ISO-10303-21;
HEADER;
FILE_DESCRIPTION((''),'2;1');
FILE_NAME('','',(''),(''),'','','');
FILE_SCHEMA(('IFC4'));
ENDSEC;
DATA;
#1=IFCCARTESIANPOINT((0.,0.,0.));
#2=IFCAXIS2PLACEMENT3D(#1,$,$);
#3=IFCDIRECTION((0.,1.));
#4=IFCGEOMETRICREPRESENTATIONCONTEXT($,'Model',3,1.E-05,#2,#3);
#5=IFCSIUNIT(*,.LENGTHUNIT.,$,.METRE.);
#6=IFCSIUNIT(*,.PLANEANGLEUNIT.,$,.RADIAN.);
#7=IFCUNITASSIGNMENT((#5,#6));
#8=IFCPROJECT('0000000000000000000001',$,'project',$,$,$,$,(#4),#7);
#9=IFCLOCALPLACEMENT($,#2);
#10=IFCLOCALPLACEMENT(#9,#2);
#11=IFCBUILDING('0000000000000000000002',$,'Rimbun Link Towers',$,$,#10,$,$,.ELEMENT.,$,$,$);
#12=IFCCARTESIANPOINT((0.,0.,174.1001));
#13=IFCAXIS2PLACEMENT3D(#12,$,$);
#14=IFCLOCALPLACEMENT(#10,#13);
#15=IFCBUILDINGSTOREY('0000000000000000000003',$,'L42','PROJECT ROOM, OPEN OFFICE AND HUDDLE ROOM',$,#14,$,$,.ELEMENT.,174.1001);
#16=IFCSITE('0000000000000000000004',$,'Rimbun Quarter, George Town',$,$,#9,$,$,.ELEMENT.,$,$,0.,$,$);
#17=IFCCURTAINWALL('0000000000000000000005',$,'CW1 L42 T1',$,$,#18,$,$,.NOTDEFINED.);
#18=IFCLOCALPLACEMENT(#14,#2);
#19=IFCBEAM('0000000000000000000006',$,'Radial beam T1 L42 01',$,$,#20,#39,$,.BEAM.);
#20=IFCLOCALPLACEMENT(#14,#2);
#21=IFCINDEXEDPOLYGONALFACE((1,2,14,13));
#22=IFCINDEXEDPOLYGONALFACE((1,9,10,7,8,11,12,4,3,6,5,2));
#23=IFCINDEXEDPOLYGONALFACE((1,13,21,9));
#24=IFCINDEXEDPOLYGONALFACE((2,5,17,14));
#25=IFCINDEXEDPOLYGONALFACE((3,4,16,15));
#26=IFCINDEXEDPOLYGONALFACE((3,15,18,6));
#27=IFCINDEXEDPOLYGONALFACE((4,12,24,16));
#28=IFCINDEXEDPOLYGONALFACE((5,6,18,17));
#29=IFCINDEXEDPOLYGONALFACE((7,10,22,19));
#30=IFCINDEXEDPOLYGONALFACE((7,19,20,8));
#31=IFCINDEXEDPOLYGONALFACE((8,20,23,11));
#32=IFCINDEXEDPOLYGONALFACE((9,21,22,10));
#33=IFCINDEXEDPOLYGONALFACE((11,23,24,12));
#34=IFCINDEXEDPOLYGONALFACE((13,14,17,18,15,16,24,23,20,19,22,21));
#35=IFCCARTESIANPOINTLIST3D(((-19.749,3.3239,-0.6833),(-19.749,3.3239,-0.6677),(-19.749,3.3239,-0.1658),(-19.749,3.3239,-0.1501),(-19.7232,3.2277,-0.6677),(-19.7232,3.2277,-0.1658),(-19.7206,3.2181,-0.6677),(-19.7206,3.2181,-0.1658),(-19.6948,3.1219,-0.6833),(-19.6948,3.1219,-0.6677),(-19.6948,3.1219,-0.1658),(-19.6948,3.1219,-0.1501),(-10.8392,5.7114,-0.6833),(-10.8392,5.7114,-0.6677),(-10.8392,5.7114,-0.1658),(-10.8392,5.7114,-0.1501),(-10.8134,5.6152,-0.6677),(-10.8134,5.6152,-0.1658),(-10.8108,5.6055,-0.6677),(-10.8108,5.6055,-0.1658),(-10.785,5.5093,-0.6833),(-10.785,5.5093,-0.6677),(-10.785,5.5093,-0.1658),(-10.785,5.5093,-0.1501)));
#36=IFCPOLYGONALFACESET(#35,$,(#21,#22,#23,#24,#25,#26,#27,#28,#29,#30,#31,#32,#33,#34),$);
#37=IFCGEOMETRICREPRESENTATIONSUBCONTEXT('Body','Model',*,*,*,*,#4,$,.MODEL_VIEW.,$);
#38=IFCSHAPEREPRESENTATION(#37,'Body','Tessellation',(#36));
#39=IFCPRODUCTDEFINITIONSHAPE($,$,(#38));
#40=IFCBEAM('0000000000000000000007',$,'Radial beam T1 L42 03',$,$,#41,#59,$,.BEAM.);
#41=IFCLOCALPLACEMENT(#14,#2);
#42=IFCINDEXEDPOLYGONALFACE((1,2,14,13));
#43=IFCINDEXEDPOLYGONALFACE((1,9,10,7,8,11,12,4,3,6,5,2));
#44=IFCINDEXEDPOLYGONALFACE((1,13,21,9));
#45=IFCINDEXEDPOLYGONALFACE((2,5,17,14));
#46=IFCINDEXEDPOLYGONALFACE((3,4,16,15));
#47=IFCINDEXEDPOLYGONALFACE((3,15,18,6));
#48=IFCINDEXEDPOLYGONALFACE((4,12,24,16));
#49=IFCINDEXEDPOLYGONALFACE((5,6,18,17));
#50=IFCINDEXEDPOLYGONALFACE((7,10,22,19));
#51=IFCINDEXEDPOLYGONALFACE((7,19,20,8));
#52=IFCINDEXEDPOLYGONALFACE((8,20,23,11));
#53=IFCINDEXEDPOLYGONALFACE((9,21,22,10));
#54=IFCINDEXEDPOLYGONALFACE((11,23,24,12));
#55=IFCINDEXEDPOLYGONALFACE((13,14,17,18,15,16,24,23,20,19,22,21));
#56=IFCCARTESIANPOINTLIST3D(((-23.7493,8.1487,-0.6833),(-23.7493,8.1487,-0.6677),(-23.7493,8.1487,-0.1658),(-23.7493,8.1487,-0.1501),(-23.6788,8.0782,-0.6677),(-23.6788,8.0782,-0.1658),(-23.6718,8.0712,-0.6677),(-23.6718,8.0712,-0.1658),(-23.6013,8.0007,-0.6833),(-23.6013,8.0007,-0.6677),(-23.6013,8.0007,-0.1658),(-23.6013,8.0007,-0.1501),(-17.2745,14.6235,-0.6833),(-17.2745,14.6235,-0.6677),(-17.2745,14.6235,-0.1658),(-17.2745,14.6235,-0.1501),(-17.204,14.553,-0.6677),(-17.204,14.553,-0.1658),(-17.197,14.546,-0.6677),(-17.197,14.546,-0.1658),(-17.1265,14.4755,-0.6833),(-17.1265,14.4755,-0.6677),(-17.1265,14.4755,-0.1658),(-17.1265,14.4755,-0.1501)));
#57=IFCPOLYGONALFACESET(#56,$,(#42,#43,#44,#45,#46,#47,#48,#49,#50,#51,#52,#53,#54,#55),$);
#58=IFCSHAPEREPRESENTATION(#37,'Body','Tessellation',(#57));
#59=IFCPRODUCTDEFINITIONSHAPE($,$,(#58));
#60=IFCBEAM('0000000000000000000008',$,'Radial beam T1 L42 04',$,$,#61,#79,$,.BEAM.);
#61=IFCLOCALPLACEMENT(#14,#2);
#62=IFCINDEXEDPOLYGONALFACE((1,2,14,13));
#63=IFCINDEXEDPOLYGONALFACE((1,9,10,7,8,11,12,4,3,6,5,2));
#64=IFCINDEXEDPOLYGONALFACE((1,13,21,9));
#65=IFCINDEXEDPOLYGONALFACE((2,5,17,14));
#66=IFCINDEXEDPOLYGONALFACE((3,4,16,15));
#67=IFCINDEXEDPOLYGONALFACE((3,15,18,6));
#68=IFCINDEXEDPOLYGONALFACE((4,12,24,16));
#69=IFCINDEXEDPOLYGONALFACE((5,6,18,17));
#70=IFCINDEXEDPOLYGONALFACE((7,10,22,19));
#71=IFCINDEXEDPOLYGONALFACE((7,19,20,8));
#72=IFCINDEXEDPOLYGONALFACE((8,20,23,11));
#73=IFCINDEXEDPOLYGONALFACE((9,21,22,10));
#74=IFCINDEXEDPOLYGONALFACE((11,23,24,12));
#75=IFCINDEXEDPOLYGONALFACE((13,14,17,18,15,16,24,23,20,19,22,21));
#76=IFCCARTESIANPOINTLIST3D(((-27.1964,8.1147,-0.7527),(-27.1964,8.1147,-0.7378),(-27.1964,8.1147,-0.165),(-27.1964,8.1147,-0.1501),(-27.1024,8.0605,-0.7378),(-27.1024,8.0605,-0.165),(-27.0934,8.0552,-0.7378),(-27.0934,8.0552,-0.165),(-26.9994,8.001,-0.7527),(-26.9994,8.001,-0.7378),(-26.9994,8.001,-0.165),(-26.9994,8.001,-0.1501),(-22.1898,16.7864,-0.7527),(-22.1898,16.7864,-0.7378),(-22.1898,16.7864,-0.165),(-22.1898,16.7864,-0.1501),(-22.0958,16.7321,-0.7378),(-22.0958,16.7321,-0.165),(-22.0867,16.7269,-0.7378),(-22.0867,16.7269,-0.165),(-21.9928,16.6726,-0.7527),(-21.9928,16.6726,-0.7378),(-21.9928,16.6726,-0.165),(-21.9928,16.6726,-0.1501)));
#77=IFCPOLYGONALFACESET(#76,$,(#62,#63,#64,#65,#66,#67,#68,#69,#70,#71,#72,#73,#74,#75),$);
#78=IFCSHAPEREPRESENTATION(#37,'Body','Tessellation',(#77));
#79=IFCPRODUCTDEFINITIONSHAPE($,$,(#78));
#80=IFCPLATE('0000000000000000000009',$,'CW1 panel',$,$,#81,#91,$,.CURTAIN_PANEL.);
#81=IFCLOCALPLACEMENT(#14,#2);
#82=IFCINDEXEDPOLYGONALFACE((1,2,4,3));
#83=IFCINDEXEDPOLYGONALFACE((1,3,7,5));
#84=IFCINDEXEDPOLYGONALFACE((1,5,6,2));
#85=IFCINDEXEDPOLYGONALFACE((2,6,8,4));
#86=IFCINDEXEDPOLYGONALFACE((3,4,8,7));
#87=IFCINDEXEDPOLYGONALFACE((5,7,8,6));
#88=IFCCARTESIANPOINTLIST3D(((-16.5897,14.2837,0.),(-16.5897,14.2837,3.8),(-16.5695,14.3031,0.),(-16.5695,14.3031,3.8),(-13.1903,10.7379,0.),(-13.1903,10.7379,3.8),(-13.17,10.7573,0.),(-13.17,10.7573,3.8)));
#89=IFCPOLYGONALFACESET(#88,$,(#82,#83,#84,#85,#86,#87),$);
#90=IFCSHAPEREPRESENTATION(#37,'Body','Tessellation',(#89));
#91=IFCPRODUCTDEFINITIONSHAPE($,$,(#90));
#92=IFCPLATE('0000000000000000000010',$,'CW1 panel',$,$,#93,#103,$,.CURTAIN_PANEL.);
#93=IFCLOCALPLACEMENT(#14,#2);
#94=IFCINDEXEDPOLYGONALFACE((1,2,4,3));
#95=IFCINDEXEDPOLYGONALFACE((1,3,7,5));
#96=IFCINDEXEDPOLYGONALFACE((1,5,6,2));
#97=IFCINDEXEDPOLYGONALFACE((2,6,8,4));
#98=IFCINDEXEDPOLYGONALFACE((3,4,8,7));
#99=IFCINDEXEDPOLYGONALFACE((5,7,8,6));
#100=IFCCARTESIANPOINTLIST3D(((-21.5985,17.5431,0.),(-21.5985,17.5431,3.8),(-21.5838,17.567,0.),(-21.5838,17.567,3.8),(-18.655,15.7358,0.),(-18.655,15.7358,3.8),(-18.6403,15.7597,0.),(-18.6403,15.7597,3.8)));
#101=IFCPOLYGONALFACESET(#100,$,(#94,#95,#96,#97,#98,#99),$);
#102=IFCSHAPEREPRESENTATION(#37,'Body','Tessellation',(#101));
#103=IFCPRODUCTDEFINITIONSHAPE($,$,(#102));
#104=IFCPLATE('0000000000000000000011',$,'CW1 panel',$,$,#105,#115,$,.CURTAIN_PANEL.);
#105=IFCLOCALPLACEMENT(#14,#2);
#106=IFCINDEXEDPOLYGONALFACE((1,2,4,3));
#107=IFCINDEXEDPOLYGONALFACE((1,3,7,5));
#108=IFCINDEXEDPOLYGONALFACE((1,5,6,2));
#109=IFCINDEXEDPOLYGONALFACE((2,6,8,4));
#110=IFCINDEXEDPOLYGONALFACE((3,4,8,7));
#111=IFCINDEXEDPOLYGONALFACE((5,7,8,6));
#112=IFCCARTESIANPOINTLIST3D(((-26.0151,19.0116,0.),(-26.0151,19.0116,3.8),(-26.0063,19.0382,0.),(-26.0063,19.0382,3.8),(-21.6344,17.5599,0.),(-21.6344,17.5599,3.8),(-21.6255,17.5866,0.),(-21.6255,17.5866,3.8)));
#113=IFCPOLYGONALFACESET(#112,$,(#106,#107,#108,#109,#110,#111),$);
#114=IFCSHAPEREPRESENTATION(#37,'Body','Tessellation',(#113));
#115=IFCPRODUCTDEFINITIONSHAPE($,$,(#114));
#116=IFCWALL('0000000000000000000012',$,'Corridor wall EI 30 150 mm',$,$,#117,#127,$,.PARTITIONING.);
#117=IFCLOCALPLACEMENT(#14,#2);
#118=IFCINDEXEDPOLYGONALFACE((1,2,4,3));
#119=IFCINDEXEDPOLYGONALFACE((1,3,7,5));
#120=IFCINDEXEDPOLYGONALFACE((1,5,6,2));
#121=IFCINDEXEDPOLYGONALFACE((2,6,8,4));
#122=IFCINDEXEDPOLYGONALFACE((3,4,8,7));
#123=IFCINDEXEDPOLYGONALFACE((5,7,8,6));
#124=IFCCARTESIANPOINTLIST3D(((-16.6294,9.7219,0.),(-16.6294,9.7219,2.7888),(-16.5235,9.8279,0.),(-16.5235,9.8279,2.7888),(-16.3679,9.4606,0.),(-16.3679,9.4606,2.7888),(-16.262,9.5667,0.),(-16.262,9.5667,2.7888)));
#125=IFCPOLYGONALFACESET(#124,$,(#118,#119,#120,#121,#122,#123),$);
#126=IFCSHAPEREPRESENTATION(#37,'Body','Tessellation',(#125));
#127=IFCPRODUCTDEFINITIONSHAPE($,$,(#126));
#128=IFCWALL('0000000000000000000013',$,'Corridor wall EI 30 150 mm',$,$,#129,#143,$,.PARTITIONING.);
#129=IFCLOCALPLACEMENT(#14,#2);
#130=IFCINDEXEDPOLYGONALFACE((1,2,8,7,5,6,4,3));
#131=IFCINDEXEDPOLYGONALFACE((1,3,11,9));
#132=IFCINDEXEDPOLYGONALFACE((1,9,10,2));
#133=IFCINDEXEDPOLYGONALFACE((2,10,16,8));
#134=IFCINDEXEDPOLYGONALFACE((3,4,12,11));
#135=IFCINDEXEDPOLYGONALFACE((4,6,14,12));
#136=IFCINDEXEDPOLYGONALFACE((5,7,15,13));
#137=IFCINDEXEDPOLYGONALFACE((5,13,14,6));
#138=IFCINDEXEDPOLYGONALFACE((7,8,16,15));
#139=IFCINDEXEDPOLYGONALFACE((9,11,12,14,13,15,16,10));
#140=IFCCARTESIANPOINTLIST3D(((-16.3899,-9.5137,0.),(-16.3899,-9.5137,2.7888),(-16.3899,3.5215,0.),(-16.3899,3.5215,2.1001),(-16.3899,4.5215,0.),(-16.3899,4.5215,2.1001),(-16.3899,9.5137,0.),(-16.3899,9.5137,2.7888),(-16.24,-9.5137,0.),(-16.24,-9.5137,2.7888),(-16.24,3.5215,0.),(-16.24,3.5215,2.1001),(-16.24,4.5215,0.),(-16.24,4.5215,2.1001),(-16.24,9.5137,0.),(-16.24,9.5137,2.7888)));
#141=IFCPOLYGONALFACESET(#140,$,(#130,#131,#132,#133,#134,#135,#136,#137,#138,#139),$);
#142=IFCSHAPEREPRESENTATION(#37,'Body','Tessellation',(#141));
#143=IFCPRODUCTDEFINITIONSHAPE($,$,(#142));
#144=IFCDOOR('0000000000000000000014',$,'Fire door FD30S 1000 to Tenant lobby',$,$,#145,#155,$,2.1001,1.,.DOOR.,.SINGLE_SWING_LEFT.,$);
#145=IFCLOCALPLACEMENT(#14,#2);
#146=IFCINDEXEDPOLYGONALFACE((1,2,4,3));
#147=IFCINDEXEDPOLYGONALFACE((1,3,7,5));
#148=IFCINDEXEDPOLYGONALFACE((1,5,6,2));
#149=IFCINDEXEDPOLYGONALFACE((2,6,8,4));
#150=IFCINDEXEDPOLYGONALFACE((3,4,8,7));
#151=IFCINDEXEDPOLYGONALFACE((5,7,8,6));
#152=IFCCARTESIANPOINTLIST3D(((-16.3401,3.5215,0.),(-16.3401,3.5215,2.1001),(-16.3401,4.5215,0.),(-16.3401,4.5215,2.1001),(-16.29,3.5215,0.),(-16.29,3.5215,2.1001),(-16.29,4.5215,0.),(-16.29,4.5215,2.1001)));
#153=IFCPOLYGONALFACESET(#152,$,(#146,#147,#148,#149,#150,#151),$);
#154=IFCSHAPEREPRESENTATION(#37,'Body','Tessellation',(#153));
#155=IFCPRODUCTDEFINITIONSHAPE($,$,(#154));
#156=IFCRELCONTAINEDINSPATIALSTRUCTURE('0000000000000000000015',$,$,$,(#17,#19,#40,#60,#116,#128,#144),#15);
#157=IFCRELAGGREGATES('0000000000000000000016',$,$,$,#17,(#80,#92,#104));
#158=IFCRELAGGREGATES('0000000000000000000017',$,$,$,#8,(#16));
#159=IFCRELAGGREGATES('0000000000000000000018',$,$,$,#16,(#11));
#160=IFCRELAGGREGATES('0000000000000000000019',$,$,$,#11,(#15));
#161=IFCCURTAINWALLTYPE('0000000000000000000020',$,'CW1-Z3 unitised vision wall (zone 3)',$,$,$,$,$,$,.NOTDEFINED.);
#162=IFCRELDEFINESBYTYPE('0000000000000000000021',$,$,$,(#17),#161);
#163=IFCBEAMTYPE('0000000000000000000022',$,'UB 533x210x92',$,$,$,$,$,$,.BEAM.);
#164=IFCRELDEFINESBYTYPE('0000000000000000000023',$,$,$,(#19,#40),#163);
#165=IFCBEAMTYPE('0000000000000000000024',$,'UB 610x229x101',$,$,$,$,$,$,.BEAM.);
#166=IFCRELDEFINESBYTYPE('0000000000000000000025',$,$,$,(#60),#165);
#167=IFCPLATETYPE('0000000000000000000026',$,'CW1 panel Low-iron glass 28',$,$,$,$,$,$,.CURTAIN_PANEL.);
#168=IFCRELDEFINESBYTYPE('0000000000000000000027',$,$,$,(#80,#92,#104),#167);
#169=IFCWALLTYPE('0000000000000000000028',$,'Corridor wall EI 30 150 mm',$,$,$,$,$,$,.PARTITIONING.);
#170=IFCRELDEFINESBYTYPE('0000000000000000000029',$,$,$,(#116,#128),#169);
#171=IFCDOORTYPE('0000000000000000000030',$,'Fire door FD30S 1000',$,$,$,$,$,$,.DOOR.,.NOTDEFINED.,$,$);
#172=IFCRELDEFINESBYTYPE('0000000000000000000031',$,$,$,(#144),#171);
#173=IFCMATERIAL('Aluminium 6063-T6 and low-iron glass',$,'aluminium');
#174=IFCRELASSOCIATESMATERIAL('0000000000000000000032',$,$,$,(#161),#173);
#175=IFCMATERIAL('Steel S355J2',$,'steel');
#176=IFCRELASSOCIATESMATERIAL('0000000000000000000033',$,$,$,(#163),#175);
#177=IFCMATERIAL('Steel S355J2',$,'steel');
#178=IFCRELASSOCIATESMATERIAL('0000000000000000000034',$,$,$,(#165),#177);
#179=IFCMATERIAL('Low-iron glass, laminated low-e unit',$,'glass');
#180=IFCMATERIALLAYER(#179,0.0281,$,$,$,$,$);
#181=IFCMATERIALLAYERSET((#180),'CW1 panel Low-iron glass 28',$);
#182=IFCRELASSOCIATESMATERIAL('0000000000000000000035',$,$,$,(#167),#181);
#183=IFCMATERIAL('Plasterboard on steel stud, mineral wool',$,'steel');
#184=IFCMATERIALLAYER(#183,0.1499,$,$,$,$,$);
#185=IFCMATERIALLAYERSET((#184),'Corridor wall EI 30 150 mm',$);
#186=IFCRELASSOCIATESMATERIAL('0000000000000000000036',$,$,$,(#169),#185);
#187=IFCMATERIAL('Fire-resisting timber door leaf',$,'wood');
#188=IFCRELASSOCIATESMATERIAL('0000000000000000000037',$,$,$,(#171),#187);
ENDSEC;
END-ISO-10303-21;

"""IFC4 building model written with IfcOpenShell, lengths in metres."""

from ifc_helpers import new_model, si_unit, direction, frame, frame_2d, origin, origin_2d, place, context, subcontext, project, spatial, rectangle, i_section, extrude, material, layer, layer_set, material_profile, profile_set, type_object, element, fill, aggregate, save


model = new_model("IFC4")

# Units and contexts
model_context = context("Model", 3, precision=1e-05, world=origin(), true_north=direction((0.0, 1.0)))
body_context = subcontext(model_context, "Body", "Model", "MODEL_VIEW")
ifc_project = project(units=[si_unit("LENGTHUNIT", "METRE"), si_unit("PLANEANGLEUNIT", "RADIAN")], contexts=[model_context])

# Site, building, storey
site_placement = place(None, origin())
site = spatial("IfcSite", under=ifc_project, at=site_placement, Name="Rimbun Quarter, George Town", CompositionType="ELEMENT", RefElevation=0.0)
building_placement = place(site_placement, origin())
building = spatial("IfcBuilding", under=site, at=building_placement, Name="Rimbun Link Towers", CompositionType="ELEMENT")
storey_placement = place(building_placement, frame((0.0, 0.0, 174.1001)))
storey = spatial("IfcBuildingStorey", under=building, at=storey_placement, Name="L42", Description="PROJECT ROOM, OPEN OFFICE AND HUDDLE ROOM", CompositionType="ELEMENT", Elevation=174.1001)

# Curtain wall
ifc_material_1 = material(Name="Aluminium 6063-T6 and low-iron glass", Category="aluminium")
curtain_wall_type = type_object("IfcCurtainWallType", Name="CW1-Z3 unitised vision wall (zone 3)", PredefinedType="NOTDEFINED", material=ifc_material_1)
curtain_wall_placement = place(storey_placement, origin())
curtain_wall = element("IfcCurtainWall", 1, at=curtain_wall_placement, inside=storey, type_object=curtain_wall_type, Name="CW1 L42 T1", PredefinedType="NOTDEFINED")

# Beams
ifc_material_2 = material(Name="Steel S355J2", Category="steel")
ifc_material_profile_1 = material_profile(ifc_material_2, i_section(OverallWidth=0.2092, OverallDepth=0.5332, WebThickness=0.01, FlangeThickness=0.0156, at=origin_2d()), Name="UB 533x210x92")
ifc_profile_set_1 = profile_set([ifc_material_profile_1], Name="Steel S355J2")
beam_type_1 = type_object("IfcBeamType", Name="UB 533x210x92", PredefinedType="BEAM", material=ifc_profile_set_1)
beam_1_placement = place(storey_placement, frame((-19.7219, 3.2229, -0.4167), z_axis=(0.965925, 0.258824, 0.0), x_axis=(-0.258824, 0.965925, 0.0)))
element("IfcBeam", 2, at=beam_1_placement, inside=storey, type_object=beam_type_1, Name="Radial beam T1 L42 01", PredefinedType="BEAM", context=body_context, shape_type="SweptSolid", body=[
    extrude(i_section(OverallWidth=0.2092, OverallDepth=0.5332, WebThickness=0.01, FlangeThickness=0.0156, at=origin_2d()), origin(), (0.0, 0.0, 1.0), 9.2241),
])
beam_2_placement = place(storey_placement, frame((-23.6753, 8.0747, -0.4167), z_axis=(0.707107, 0.707107, 0.0), x_axis=(-0.707107, 0.707107, 0.0)))
element("IfcBeam", 3, at=beam_2_placement, inside=storey, type_object=beam_type_1, Name="Radial beam T1 L42 03", PredefinedType="BEAM", context=body_context, shape_type="SweptSolid", body=[
    extrude(i_section(OverallWidth=0.2092, OverallDepth=0.5332, WebThickness=0.01, FlangeThickness=0.0156, at=origin_2d()), origin(), (0.0, 0.0, 1.0), 9.1567),
])
ifc_material_3 = material(Name="Steel S355J2", Category="steel")
ifc_material_profile_2 = material_profile(ifc_material_3, i_section(OverallWidth=0.2275, OverallDepth=0.6025, WebThickness=0.0105, FlangeThickness=0.0149, at=origin_2d()), Name="UB 610x229x101")
ifc_profile_set_2 = profile_set([ifc_material_profile_2], Name="Steel S355J2")
beam_type_2 = type_object("IfcBeamType", Name="UB 610x229x101", PredefinedType="BEAM", material=ifc_profile_set_2)
beam_3_placement = place(storey_placement, frame((-27.0979, 8.0579, -0.4514), z_axis=(0.500002, 0.866024, 0.0), x_axis=(-0.866024, 0.500002, 0.0)))
element("IfcBeam", 4, at=beam_3_placement, inside=storey, type_object=beam_type_2, Name="Radial beam T1 L42 04", PredefinedType="BEAM", context=body_context, shape_type="SweptSolid", body=[
    extrude(i_section(OverallWidth=0.2275, OverallDepth=0.6025, WebThickness=0.0105, FlangeThickness=0.0149, at=origin_2d()), origin(), (0.0, 0.0, 1.0), 10.0132),
])

# Plates
ifc_material_4 = material(Name="Low-iron glass, laminated low-e unit", Category="glass")
ifc_layer_1 = layer(ifc_material_4, 0.0281)
ifc_layer_set_1 = layer_set([ifc_layer_1], Name="CW1 panel Low-iron glass 28")
plate_type = type_object("IfcPlateType", Name="CW1 panel Low-iron glass 28", PredefinedType="CURTAIN_PANEL", material=ifc_layer_set_1)
plate_1_placement = place(storey_placement, frame((-14.8799, 12.5205, 0.0), z_axis=(0.0, 0.0, 1.0), x_axis=(0.692045, -0.721854, 0.0)))
plate_1 = element("IfcPlate", 5, at=plate_1_placement, type_object=plate_type, Name="CW1 panel", PredefinedType="CURTAIN_PANEL", context=body_context, shape_type="SweptSolid", body=[
    extrude(rectangle(XDim=4.9121, YDim=0.0281, at=origin_2d()), origin(), (0.0, 0.0, 1.0), 3.8),
])
plate_2_placement = place(storey_placement, frame((-20.1194, 16.6514, 0.0), z_axis=(0.0, 0.0, 1.0), x_axis=(0.852191, -0.523231, 0.0)))
plate_2 = element("IfcPlate", 6, at=plate_2_placement, type_object=plate_type, Name="CW1 panel", PredefinedType="CURTAIN_PANEL", context=body_context, shape_type="SweptSolid", body=[
    extrude(rectangle(XDim=3.4541, YDim=0.0281, at=origin_2d()), origin(), (0.0, 0.0, 1.0), 3.8),
])
plate_3_placement = place(storey_placement, frame((-23.8203, 18.2991, 0.0), z_axis=(0.0, 0.0, 1.0), x_axis=(0.949237, -0.31456, 0.0)))
plate_3 = element("IfcPlate", 7, at=plate_3_placement, type_object=plate_type, Name="CW1 panel", PredefinedType="CURTAIN_PANEL", context=body_context, shape_type="SweptSolid", body=[
    extrude(rectangle(XDim=4.615, YDim=0.0281, at=origin_2d()), origin(), (0.0, 0.0, 1.0), 3.8),
])
aggregate(curtain_wall, [plate_1, plate_2, plate_3])

# Wall
ifc_material_5 = material(Name="Plasterboard on steel stud, mineral wool", Category="steel")
ifc_layer_2 = layer(ifc_material_5, 0.1499)
ifc_layer_set_2 = layer_set([ifc_layer_2], Name="Corridor wall EI 30 150 mm")
wall_type_1 = type_object("IfcWallType", Name="Corridor wall EI 30 150 mm", PredefinedType="PARTITIONING", material=ifc_layer_set_2)
wall_1_placement = place(storey_placement, frame((-16.3149, 9.5137, 0.0), z_axis=(0.0, 0.0, 1.0), x_axis=(-0.707437, 0.706776, 0.0)))
element("IfcWall", 8, at=wall_1_placement, inside=storey, type_object=wall_type_1, Name="Corridor wall EI 30 150 mm", PredefinedType="PARTITIONING", context=body_context, shape_type="SweptSolid", body=[
    extrude(rectangle(XDim=0.3696, YDim=0.1499, at=frame_2d((0.1848, 0.0))), origin(), (0.0, 0.0, 1.0), 2.7888),
])

# Wall, opening, door
wall_2_placement = place(storey_placement, frame((-16.3149, 9.5137, 0.0), z_axis=(0.0, 0.0, 1.0), x_axis=(0.0, -1.0, 0.0)))
wall_2 = element("IfcWall", 9, at=wall_2_placement, inside=storey, type_object=wall_type_1, Name="Corridor wall EI 30 150 mm", PredefinedType="PARTITIONING", context=body_context, shape_type="SweptSolid", body=[
    extrude(rectangle(XDim=19.0273, YDim=0.1499, at=frame_2d((9.5137, 0.0))), origin(), (0.0, 0.0, 1.0), 2.7888),
])
opening_1_placement = place(wall_2_placement, frame((4.9922, 0.0, 0.0)))
opening_1 = element("IfcOpeningElement", 10, at=opening_1_placement, cuts=wall_2, PredefinedType="OPENING", context=body_context, shape_type="SweptSolid", body=[
    extrude(rectangle(XDim=1.0, YDim=2.1001, at=frame_2d((0.5, 1.05))), frame((0.0, 0.085, 0.0), z_axis=(0.0, -1.0, 0.0), x_axis=(1.0, 0.0, 0.0)), (0.0, 0.0, 1.0), 0.1699),
])
ifc_material_6 = material(Name="Fire-resisting timber door leaf", Category="wood")
door_type_1 = type_object("IfcDoorType", Name="Fire door FD30S 1000", OperationType="NOTDEFINED", PredefinedType="DOOR", material=ifc_material_6)
door_1_placement = place(opening_1_placement, origin())
door_1 = element("IfcDoor", 11, at=door_1_placement, inside=storey, type_object=door_type_1, Name="Fire door FD30S 1000 to Tenant lobby", OperationType="SINGLE_SWING_LEFT", OverallHeight=2.1001, OverallWidth=1.0, PredefinedType="DOOR", context=body_context, shape_type="SweptSolid", body=[
    extrude(rectangle(XDim=1.0, YDim=2.1001, at=frame_2d((0.5, 1.05))), frame((0.0, 0.0249, 0.0), z_axis=(0.0, -1.0, 0.0), x_axis=(1.0, 0.0, 0.0)), (0.0, 0.0, 1.0), 0.05),
])
fill(opening_1, door_1)

save(model, "model.ifc")
